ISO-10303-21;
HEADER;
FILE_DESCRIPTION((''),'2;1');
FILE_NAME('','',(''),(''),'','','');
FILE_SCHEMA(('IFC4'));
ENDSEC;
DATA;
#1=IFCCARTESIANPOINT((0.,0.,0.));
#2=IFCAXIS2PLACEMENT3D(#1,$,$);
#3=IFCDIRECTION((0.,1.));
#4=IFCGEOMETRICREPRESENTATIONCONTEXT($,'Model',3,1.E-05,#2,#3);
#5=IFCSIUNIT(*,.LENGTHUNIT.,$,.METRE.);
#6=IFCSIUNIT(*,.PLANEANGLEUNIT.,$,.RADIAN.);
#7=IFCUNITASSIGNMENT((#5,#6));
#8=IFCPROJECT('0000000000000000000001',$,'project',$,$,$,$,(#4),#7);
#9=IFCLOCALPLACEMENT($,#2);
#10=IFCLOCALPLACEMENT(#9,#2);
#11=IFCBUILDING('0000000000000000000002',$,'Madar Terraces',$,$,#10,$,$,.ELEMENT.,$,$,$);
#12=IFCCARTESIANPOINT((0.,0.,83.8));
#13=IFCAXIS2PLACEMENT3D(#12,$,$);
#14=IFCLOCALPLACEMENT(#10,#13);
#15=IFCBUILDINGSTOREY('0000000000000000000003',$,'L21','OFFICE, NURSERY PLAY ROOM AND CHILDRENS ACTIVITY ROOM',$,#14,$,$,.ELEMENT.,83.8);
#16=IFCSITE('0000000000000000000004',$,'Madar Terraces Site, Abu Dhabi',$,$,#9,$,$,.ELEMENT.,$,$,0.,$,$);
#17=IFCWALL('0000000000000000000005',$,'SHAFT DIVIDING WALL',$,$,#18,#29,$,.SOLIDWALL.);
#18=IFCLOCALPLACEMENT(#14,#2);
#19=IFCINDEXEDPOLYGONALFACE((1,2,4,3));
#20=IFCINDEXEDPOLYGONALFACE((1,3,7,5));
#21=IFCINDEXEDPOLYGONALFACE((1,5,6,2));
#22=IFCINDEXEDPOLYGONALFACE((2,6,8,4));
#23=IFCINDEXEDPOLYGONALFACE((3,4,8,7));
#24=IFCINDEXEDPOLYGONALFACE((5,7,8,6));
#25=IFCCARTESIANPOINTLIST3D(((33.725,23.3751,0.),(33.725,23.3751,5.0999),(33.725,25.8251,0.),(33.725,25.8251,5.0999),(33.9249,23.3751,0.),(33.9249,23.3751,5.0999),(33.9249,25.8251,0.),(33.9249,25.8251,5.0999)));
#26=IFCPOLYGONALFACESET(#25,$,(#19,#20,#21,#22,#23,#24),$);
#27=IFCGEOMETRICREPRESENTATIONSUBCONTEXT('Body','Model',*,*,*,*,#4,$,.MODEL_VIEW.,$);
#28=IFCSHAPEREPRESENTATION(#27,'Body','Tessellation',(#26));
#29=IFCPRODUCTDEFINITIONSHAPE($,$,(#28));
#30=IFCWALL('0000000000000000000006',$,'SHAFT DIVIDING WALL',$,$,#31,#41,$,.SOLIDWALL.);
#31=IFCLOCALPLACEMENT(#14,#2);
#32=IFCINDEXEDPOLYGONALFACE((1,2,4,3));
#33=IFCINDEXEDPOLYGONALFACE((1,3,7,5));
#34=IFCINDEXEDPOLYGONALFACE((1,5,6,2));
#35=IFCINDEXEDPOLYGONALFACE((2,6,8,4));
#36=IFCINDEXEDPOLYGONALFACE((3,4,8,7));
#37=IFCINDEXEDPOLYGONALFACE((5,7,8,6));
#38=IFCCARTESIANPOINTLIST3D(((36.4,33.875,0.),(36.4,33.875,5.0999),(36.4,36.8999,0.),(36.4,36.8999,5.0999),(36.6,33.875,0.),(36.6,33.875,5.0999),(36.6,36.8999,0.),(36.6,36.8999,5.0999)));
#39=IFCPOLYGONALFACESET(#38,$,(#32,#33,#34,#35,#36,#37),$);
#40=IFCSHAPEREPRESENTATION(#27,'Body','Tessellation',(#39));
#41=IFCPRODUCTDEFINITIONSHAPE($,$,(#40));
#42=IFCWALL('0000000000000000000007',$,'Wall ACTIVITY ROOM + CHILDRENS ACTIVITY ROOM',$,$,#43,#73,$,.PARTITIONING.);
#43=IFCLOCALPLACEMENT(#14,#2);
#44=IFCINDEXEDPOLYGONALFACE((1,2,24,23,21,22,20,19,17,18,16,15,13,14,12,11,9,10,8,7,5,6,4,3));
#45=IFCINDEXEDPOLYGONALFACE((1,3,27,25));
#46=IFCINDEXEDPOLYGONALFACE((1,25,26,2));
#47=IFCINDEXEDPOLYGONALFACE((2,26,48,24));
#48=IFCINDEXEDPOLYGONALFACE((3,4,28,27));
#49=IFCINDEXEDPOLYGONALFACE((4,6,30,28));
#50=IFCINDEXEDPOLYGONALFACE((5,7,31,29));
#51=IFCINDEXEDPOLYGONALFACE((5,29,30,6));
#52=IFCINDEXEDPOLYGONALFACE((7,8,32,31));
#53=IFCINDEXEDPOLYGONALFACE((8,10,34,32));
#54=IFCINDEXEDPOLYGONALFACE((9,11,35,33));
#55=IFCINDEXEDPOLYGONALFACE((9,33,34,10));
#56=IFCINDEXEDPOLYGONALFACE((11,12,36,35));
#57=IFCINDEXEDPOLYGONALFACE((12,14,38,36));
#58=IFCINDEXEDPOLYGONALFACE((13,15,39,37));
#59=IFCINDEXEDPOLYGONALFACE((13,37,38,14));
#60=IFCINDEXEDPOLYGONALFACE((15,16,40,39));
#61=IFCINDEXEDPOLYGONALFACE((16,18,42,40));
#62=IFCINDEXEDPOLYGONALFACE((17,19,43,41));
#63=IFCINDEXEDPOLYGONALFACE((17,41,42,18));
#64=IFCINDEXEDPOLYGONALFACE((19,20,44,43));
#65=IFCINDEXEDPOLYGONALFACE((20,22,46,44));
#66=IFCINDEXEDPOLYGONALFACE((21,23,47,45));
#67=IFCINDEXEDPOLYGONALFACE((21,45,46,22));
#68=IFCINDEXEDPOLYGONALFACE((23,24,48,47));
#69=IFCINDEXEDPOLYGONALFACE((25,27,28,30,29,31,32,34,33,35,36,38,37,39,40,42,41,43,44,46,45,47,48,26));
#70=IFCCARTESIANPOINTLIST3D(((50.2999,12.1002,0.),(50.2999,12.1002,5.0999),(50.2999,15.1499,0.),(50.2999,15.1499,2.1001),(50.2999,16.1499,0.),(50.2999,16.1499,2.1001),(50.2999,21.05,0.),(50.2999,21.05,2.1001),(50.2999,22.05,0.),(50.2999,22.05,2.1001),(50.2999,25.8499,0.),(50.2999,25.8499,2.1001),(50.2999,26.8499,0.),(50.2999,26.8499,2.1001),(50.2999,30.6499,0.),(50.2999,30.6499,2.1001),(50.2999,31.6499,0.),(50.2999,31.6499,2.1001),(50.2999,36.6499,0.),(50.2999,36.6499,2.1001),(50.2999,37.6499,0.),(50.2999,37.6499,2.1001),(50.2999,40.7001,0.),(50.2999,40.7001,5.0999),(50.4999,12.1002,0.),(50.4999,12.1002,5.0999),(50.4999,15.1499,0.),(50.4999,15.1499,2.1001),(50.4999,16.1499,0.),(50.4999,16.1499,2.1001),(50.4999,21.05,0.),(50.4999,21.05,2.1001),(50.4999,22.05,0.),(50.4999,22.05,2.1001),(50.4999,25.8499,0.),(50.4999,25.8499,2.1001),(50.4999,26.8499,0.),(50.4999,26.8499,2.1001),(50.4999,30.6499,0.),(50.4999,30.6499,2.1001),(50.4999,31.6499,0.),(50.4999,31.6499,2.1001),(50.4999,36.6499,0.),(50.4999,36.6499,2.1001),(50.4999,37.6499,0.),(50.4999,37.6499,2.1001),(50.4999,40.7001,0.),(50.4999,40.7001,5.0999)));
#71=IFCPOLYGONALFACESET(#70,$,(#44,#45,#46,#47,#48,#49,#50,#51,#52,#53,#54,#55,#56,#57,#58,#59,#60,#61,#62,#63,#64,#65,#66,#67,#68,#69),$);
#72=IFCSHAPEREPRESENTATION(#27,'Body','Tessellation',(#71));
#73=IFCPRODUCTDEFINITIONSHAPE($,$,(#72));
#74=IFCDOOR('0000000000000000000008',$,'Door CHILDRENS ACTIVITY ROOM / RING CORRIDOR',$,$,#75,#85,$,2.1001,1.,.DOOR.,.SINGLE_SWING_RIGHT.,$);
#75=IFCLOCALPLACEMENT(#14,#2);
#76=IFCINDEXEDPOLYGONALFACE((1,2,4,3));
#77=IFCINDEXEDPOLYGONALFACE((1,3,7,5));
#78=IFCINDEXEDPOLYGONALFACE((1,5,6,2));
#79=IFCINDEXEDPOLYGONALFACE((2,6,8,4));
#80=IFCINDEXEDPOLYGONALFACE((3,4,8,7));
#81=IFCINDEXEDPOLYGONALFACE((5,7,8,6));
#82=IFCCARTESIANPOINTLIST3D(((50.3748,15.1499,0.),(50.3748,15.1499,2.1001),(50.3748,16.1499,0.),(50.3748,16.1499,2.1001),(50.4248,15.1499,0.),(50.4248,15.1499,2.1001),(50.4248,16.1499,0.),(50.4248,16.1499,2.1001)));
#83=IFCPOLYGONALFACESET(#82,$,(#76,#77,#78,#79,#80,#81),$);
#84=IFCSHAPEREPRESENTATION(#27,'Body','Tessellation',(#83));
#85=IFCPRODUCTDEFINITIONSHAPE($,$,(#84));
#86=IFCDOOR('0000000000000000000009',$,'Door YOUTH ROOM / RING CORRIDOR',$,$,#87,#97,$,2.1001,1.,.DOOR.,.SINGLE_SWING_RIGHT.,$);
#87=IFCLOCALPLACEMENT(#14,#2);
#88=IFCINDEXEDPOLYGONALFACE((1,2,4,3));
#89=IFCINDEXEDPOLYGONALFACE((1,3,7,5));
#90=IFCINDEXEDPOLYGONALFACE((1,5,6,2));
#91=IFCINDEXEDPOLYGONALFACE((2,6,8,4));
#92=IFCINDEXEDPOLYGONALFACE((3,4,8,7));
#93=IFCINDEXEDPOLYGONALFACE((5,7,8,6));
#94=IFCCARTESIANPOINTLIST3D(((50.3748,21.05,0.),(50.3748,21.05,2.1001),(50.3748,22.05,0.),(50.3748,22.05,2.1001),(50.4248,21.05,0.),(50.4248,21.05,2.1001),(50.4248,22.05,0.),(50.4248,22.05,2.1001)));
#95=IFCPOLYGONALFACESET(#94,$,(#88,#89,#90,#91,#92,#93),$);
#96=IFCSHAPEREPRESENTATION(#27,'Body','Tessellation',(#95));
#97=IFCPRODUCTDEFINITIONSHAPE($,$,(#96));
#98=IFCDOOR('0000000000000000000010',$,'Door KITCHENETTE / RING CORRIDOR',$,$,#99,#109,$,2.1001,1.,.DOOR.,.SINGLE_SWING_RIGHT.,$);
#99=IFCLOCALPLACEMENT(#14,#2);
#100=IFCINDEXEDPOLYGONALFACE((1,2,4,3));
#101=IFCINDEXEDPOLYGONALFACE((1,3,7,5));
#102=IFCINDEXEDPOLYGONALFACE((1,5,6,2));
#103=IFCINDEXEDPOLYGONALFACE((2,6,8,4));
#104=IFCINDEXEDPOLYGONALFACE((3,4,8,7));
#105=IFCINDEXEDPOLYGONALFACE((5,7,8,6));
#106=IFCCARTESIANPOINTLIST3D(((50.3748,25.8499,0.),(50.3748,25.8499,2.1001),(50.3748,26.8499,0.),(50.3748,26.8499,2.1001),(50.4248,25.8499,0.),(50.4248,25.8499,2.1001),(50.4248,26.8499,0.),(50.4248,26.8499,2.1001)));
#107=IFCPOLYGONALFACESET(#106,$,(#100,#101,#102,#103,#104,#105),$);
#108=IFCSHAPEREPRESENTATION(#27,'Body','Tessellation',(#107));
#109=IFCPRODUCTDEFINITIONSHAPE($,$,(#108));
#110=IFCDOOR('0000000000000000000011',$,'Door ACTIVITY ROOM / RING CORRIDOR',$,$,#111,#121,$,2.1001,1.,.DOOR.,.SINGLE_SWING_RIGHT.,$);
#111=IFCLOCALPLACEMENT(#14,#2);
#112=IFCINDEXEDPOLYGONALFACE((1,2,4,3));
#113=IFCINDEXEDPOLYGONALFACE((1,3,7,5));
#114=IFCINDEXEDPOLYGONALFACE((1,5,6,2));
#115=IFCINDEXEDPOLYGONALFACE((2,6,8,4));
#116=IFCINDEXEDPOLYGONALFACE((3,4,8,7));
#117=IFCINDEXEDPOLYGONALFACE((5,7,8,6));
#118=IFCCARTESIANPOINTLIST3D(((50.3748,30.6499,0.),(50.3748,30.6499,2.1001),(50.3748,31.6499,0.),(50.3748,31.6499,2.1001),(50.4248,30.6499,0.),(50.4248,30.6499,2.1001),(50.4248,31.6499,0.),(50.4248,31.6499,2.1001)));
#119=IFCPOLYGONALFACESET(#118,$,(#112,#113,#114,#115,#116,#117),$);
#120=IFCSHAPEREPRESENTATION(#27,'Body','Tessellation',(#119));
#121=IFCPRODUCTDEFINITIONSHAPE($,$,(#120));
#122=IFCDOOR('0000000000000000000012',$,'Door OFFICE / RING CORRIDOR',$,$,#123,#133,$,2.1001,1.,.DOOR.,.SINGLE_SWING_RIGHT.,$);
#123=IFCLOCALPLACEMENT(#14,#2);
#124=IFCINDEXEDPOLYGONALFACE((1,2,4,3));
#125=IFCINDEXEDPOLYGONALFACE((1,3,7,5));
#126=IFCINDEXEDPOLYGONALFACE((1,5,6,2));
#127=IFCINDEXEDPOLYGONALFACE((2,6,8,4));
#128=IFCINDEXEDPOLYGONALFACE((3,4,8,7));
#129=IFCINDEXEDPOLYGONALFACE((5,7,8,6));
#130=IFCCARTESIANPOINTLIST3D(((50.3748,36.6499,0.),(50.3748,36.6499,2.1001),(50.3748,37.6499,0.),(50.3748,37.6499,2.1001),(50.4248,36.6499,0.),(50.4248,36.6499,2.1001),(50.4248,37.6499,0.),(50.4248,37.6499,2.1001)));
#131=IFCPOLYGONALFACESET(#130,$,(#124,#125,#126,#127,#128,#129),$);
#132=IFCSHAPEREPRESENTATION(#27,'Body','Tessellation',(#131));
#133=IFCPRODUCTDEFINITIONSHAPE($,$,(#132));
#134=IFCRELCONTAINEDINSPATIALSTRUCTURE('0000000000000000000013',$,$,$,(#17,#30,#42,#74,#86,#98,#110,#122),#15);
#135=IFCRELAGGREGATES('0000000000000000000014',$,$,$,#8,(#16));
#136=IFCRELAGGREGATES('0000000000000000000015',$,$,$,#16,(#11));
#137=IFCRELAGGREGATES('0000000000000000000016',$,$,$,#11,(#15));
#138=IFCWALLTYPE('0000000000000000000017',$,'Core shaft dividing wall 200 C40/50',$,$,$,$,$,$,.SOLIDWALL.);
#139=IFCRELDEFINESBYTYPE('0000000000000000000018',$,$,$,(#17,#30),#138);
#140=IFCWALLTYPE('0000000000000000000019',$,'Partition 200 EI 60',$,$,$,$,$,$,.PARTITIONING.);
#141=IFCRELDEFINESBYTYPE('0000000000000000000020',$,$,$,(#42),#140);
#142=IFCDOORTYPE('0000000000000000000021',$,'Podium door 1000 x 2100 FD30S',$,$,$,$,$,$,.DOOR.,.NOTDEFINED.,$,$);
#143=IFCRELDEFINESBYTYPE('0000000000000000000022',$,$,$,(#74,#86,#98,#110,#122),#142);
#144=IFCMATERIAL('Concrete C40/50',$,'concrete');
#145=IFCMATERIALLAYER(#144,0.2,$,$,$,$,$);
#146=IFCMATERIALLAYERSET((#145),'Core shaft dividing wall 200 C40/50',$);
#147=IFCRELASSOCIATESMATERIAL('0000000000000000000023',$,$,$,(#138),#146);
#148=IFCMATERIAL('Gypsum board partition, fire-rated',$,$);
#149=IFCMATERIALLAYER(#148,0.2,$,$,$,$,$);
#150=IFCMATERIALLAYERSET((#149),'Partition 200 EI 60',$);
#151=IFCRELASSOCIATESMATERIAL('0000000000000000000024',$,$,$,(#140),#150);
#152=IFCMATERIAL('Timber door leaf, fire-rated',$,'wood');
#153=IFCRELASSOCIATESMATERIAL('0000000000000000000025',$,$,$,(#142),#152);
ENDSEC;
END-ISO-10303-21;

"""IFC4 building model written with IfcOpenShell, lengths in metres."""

from ifc_helpers import new_model, si_unit, direction, frame, frame_2d, origin, place, context, subcontext, project, spatial, rectangle, extrude, material, layer, layer_set, type_object, element, fill, save


model = new_model("IFC4")

# Units and contexts
model_context = context("Model", 3, precision=1e-05, world=origin(), true_north=direction((0.0, 1.0)))
body_context = subcontext(model_context, "Body", "Model", "MODEL_VIEW")
ifc_project = project(units=[si_unit("LENGTHUNIT", "METRE"), si_unit("PLANEANGLEUNIT", "RADIAN")], contexts=[model_context])

# Site, building, storey
site_placement = place(None, origin())
site = spatial("IfcSite", under=ifc_project, at=site_placement, Name="Madar Terraces Site, Abu Dhabi", CompositionType="ELEMENT", RefElevation=0.0)
building_placement = place(site_placement, origin())
building = spatial("IfcBuilding", under=site, at=building_placement, Name="Madar Terraces", CompositionType="ELEMENT")
storey_placement = place(building_placement, frame((0.0, 0.0, 83.8)))
storey = spatial("IfcBuildingStorey", under=building, at=storey_placement, Name="L21", Description="OFFICE, NURSERY PLAY ROOM AND CHILDRENS ACTIVITY ROOM", CompositionType="ELEMENT", Elevation=83.8)

# Walls
ifc_material_1 = material(Name="Concrete C40/50", Category="concrete")
ifc_layer_1 = layer(ifc_material_1, 0.2)
ifc_layer_set_1 = layer_set([ifc_layer_1], Name="Core shaft dividing wall 200 C40/50")
wall_type_1 = type_object("IfcWallType", Name="Core shaft dividing wall 200 C40/50", PredefinedType="SOLIDWALL", material=ifc_layer_set_1)
wall_1_placement = place(storey_placement, frame((33.825, 23.375, 0.0), z_axis=(0.0, 0.0, 1.0), x_axis=(0.0, 1.0, 0.0)))
element("IfcWall", 1, at=wall_1_placement, inside=storey, type_object=wall_type_1, Name="SHAFT DIVIDING WALL", PredefinedType="SOLIDWALL", context=body_context, shape_type="SweptSolid", body=[
    extrude(rectangle(XDim=2.45, YDim=0.2, at=frame_2d((1.2251, 0.0))), origin(), (0.0, 0.0, 1.0), 5.0999),
])
wall_2_placement = place(storey_placement, frame((36.5, 33.875, 0.0), z_axis=(0.0, 0.0, 1.0), x_axis=(0.0, 1.0, 0.0)))
element("IfcWall", 2, at=wall_2_placement, inside=storey, type_object=wall_type_1, Name="SHAFT DIVIDING WALL", PredefinedType="SOLIDWALL", context=body_context, shape_type="SweptSolid", body=[
    extrude(rectangle(XDim=3.0249, YDim=0.2, at=frame_2d((1.5125, 0.0))), origin(), (0.0, 0.0, 1.0), 5.0999),
])

# Wall, openings, doors
ifc_material_2 = material(Name="Gypsum board partition, fire-rated")
ifc_layer_2 = layer(ifc_material_2, 0.2)
ifc_layer_set_2 = layer_set([ifc_layer_2], Name="Partition 200 EI 60")
wall_type_2 = type_object("IfcWallType", Name="Partition 200 EI 60", PredefinedType="PARTITIONING", material=ifc_layer_set_2)
wall_3_placement = place(storey_placement, frame((50.3999, 40.7, 0.0), z_axis=(0.0, 0.0, 1.0), x_axis=(0.0, -1.0, 0.0)))
wall_3 = element("IfcWall", 3, at=wall_3_placement, inside=storey, type_object=wall_type_2, Name="Wall ACTIVITY ROOM + CHILDRENS ACTIVITY ROOM", PredefinedType="PARTITIONING", context=body_context, shape_type="SweptSolid", body=[
    extrude(rectangle(XDim=28.5999, YDim=0.2, at=frame_2d((14.2998, 0.0))), origin(), (0.0, 0.0, 1.0), 5.0999),
])
opening_1_placement = place(wall_3_placement, frame((24.55, 0.0, 0.0)))
opening_1 = element("IfcOpeningElement", 4, at=opening_1_placement, cuts=wall_3, PredefinedType="OPENING", context=body_context, shape_type="SweptSolid", body=[
    extrude(rectangle(XDim=1.0, YDim=2.1001, at=frame_2d((0.5, 1.05))), frame((0.0, 0.1099, 0.0), z_axis=(0.0, -1.0, 0.0), x_axis=(1.0, 0.0, 0.0)), (0.0, 0.0, 1.0), 0.22),
])
opening_2_placement = place(wall_3_placement, frame((18.6499, 0.0, 0.0)))
opening_2 = element("IfcOpeningElement", 5, at=opening_2_placement, cuts=wall_3, PredefinedType="OPENING", context=body_context, shape_type="SweptSolid", body=[
    extrude(rectangle(XDim=1.0, YDim=2.1001, at=frame_2d((0.5, 1.05))), frame((0.0, 0.1099, 0.0), z_axis=(0.0, -1.0, 0.0), x_axis=(1.0, 0.0, 0.0)), (0.0, 0.0, 1.0), 0.22),
])
opening_3_placement = place(wall_3_placement, frame((13.8501, 0.0, 0.0)))
opening_3 = element("IfcOpeningElement", 6, at=opening_3_placement, cuts=wall_3, PredefinedType="OPENING", context=body_context, shape_type="SweptSolid", body=[
    extrude(rectangle(XDim=1.0, YDim=2.1001, at=frame_2d((0.5, 1.05))), frame((0.0, 0.1099, 0.0), z_axis=(0.0, -1.0, 0.0), x_axis=(1.0, 0.0, 0.0)), (0.0, 0.0, 1.0), 0.22),
])
opening_4_placement = place(wall_3_placement, frame((9.05, 0.0, 0.0)))
opening_4 = element("IfcOpeningElement", 7, at=opening_4_placement, cuts=wall_3, PredefinedType="OPENING", context=body_context, shape_type="SweptSolid", body=[
    extrude(rectangle(XDim=1.0, YDim=2.1001, at=frame_2d((0.5, 1.05))), frame((0.0, 0.1099, 0.0), z_axis=(0.0, -1.0, 0.0), x_axis=(1.0, 0.0, 0.0)), (0.0, 0.0, 1.0), 0.22),
])
opening_5_placement = place(wall_3_placement, frame((3.05, 0.0, 0.0)))
opening_5 = element("IfcOpeningElement", 8, at=opening_5_placement, cuts=wall_3, PredefinedType="OPENING", context=body_context, shape_type="SweptSolid", body=[
    extrude(rectangle(XDim=1.0, YDim=2.1001, at=frame_2d((0.5, 1.05))), frame((0.0, 0.1099, 0.0), z_axis=(0.0, -1.0, 0.0), x_axis=(1.0, 0.0, 0.0)), (0.0, 0.0, 1.0), 0.22),
])
ifc_material_3 = material(Name="Timber door leaf, fire-rated", Category="wood")
door_type_1 = type_object("IfcDoorType", Name="Podium door 1000 x 2100 FD30S", OperationType="NOTDEFINED", PredefinedType="DOOR", material=ifc_material_3)
door_1_placement = place(opening_1_placement, origin())
door_1 = element("IfcDoor", 9, at=door_1_placement, inside=storey, type_object=door_type_1, Name="Door CHILDRENS ACTIVITY ROOM / RING CORRIDOR", OperationType="SINGLE_SWING_RIGHT", OverallHeight=2.1001, OverallWidth=1.0, PredefinedType="DOOR", context=body_context, shape_type="SweptSolid", body=[
    extrude(rectangle(XDim=1.0, YDim=2.1001, at=frame_2d((0.5, 1.05))), frame((0.0, 0.0249, 0.0), z_axis=(0.0, -1.0, 0.0), x_axis=(1.0, 0.0, 0.0)), (0.0, 0.0, 1.0), 0.05),
])
fill(opening_1, door_1)
door_2_placement = place(opening_2_placement, origin())
door_2 = element("IfcDoor", 10, at=door_2_placement, inside=storey, type_object=door_type_1, Name="Door YOUTH ROOM / RING CORRIDOR", OperationType="SINGLE_SWING_RIGHT", OverallHeight=2.1001, OverallWidth=1.0, PredefinedType="DOOR", context=body_context, shape_type="SweptSolid", body=[
    extrude(rectangle(XDim=1.0, YDim=2.1001, at=frame_2d((0.5, 1.05))), frame((0.0, 0.0249, 0.0), z_axis=(0.0, -1.0, 0.0), x_axis=(1.0, 0.0, 0.0)), (0.0, 0.0, 1.0), 0.05),
])
fill(opening_2, door_2)
door_3_placement = place(opening_3_placement, origin())
door_3 = element("IfcDoor", 11, at=door_3_placement, inside=storey, type_object=door_type_1, Name="Door KITCHENETTE / RING CORRIDOR", OperationType="SINGLE_SWING_RIGHT", OverallHeight=2.1001, OverallWidth=1.0, PredefinedType="DOOR", context=body_context, shape_type="SweptSolid", body=[
    extrude(rectangle(XDim=1.0, YDim=2.1001, at=frame_2d((0.5, 1.05))), frame((0.0, 0.0249, 0.0), z_axis=(0.0, -1.0, 0.0), x_axis=(1.0, 0.0, 0.0)), (0.0, 0.0, 1.0), 0.05),
])
fill(opening_3, door_3)
door_4_placement = place(opening_4_placement, origin())
door_4 = element("IfcDoor", 12, at=door_4_placement, inside=storey, type_object=door_type_1, Name="Door ACTIVITY ROOM / RING CORRIDOR", OperationType="SINGLE_SWING_RIGHT", OverallHeight=2.1001, OverallWidth=1.0, PredefinedType="DOOR", context=body_context, shape_type="SweptSolid", body=[
    extrude(rectangle(XDim=1.0, YDim=2.1001, at=frame_2d((0.5, 1.05))), frame((0.0, 0.0249, 0.0), z_axis=(0.0, -1.0, 0.0), x_axis=(1.0, 0.0, 0.0)), (0.0, 0.0, 1.0), 0.05),
])
fill(opening_4, door_4)
door_5_placement = place(opening_5_placement, origin())
door_5 = element("IfcDoor", 13, at=door_5_placement, inside=storey, type_object=door_type_1, Name="Door OFFICE / RING CORRIDOR", OperationType="SINGLE_SWING_RIGHT", OverallHeight=2.1001, OverallWidth=1.0, PredefinedType="DOOR", context=body_context, shape_type="SweptSolid", body=[
    extrude(rectangle(XDim=1.0, YDim=2.1001, at=frame_2d((0.5, 1.05))), frame((0.0, 0.0249, 0.0), z_axis=(0.0, -1.0, 0.0), x_axis=(1.0, 0.0, 0.0)), (0.0, 0.0, 1.0), 0.05),
])
fill(opening_5, door_5)

save(model, "model.ifc")
